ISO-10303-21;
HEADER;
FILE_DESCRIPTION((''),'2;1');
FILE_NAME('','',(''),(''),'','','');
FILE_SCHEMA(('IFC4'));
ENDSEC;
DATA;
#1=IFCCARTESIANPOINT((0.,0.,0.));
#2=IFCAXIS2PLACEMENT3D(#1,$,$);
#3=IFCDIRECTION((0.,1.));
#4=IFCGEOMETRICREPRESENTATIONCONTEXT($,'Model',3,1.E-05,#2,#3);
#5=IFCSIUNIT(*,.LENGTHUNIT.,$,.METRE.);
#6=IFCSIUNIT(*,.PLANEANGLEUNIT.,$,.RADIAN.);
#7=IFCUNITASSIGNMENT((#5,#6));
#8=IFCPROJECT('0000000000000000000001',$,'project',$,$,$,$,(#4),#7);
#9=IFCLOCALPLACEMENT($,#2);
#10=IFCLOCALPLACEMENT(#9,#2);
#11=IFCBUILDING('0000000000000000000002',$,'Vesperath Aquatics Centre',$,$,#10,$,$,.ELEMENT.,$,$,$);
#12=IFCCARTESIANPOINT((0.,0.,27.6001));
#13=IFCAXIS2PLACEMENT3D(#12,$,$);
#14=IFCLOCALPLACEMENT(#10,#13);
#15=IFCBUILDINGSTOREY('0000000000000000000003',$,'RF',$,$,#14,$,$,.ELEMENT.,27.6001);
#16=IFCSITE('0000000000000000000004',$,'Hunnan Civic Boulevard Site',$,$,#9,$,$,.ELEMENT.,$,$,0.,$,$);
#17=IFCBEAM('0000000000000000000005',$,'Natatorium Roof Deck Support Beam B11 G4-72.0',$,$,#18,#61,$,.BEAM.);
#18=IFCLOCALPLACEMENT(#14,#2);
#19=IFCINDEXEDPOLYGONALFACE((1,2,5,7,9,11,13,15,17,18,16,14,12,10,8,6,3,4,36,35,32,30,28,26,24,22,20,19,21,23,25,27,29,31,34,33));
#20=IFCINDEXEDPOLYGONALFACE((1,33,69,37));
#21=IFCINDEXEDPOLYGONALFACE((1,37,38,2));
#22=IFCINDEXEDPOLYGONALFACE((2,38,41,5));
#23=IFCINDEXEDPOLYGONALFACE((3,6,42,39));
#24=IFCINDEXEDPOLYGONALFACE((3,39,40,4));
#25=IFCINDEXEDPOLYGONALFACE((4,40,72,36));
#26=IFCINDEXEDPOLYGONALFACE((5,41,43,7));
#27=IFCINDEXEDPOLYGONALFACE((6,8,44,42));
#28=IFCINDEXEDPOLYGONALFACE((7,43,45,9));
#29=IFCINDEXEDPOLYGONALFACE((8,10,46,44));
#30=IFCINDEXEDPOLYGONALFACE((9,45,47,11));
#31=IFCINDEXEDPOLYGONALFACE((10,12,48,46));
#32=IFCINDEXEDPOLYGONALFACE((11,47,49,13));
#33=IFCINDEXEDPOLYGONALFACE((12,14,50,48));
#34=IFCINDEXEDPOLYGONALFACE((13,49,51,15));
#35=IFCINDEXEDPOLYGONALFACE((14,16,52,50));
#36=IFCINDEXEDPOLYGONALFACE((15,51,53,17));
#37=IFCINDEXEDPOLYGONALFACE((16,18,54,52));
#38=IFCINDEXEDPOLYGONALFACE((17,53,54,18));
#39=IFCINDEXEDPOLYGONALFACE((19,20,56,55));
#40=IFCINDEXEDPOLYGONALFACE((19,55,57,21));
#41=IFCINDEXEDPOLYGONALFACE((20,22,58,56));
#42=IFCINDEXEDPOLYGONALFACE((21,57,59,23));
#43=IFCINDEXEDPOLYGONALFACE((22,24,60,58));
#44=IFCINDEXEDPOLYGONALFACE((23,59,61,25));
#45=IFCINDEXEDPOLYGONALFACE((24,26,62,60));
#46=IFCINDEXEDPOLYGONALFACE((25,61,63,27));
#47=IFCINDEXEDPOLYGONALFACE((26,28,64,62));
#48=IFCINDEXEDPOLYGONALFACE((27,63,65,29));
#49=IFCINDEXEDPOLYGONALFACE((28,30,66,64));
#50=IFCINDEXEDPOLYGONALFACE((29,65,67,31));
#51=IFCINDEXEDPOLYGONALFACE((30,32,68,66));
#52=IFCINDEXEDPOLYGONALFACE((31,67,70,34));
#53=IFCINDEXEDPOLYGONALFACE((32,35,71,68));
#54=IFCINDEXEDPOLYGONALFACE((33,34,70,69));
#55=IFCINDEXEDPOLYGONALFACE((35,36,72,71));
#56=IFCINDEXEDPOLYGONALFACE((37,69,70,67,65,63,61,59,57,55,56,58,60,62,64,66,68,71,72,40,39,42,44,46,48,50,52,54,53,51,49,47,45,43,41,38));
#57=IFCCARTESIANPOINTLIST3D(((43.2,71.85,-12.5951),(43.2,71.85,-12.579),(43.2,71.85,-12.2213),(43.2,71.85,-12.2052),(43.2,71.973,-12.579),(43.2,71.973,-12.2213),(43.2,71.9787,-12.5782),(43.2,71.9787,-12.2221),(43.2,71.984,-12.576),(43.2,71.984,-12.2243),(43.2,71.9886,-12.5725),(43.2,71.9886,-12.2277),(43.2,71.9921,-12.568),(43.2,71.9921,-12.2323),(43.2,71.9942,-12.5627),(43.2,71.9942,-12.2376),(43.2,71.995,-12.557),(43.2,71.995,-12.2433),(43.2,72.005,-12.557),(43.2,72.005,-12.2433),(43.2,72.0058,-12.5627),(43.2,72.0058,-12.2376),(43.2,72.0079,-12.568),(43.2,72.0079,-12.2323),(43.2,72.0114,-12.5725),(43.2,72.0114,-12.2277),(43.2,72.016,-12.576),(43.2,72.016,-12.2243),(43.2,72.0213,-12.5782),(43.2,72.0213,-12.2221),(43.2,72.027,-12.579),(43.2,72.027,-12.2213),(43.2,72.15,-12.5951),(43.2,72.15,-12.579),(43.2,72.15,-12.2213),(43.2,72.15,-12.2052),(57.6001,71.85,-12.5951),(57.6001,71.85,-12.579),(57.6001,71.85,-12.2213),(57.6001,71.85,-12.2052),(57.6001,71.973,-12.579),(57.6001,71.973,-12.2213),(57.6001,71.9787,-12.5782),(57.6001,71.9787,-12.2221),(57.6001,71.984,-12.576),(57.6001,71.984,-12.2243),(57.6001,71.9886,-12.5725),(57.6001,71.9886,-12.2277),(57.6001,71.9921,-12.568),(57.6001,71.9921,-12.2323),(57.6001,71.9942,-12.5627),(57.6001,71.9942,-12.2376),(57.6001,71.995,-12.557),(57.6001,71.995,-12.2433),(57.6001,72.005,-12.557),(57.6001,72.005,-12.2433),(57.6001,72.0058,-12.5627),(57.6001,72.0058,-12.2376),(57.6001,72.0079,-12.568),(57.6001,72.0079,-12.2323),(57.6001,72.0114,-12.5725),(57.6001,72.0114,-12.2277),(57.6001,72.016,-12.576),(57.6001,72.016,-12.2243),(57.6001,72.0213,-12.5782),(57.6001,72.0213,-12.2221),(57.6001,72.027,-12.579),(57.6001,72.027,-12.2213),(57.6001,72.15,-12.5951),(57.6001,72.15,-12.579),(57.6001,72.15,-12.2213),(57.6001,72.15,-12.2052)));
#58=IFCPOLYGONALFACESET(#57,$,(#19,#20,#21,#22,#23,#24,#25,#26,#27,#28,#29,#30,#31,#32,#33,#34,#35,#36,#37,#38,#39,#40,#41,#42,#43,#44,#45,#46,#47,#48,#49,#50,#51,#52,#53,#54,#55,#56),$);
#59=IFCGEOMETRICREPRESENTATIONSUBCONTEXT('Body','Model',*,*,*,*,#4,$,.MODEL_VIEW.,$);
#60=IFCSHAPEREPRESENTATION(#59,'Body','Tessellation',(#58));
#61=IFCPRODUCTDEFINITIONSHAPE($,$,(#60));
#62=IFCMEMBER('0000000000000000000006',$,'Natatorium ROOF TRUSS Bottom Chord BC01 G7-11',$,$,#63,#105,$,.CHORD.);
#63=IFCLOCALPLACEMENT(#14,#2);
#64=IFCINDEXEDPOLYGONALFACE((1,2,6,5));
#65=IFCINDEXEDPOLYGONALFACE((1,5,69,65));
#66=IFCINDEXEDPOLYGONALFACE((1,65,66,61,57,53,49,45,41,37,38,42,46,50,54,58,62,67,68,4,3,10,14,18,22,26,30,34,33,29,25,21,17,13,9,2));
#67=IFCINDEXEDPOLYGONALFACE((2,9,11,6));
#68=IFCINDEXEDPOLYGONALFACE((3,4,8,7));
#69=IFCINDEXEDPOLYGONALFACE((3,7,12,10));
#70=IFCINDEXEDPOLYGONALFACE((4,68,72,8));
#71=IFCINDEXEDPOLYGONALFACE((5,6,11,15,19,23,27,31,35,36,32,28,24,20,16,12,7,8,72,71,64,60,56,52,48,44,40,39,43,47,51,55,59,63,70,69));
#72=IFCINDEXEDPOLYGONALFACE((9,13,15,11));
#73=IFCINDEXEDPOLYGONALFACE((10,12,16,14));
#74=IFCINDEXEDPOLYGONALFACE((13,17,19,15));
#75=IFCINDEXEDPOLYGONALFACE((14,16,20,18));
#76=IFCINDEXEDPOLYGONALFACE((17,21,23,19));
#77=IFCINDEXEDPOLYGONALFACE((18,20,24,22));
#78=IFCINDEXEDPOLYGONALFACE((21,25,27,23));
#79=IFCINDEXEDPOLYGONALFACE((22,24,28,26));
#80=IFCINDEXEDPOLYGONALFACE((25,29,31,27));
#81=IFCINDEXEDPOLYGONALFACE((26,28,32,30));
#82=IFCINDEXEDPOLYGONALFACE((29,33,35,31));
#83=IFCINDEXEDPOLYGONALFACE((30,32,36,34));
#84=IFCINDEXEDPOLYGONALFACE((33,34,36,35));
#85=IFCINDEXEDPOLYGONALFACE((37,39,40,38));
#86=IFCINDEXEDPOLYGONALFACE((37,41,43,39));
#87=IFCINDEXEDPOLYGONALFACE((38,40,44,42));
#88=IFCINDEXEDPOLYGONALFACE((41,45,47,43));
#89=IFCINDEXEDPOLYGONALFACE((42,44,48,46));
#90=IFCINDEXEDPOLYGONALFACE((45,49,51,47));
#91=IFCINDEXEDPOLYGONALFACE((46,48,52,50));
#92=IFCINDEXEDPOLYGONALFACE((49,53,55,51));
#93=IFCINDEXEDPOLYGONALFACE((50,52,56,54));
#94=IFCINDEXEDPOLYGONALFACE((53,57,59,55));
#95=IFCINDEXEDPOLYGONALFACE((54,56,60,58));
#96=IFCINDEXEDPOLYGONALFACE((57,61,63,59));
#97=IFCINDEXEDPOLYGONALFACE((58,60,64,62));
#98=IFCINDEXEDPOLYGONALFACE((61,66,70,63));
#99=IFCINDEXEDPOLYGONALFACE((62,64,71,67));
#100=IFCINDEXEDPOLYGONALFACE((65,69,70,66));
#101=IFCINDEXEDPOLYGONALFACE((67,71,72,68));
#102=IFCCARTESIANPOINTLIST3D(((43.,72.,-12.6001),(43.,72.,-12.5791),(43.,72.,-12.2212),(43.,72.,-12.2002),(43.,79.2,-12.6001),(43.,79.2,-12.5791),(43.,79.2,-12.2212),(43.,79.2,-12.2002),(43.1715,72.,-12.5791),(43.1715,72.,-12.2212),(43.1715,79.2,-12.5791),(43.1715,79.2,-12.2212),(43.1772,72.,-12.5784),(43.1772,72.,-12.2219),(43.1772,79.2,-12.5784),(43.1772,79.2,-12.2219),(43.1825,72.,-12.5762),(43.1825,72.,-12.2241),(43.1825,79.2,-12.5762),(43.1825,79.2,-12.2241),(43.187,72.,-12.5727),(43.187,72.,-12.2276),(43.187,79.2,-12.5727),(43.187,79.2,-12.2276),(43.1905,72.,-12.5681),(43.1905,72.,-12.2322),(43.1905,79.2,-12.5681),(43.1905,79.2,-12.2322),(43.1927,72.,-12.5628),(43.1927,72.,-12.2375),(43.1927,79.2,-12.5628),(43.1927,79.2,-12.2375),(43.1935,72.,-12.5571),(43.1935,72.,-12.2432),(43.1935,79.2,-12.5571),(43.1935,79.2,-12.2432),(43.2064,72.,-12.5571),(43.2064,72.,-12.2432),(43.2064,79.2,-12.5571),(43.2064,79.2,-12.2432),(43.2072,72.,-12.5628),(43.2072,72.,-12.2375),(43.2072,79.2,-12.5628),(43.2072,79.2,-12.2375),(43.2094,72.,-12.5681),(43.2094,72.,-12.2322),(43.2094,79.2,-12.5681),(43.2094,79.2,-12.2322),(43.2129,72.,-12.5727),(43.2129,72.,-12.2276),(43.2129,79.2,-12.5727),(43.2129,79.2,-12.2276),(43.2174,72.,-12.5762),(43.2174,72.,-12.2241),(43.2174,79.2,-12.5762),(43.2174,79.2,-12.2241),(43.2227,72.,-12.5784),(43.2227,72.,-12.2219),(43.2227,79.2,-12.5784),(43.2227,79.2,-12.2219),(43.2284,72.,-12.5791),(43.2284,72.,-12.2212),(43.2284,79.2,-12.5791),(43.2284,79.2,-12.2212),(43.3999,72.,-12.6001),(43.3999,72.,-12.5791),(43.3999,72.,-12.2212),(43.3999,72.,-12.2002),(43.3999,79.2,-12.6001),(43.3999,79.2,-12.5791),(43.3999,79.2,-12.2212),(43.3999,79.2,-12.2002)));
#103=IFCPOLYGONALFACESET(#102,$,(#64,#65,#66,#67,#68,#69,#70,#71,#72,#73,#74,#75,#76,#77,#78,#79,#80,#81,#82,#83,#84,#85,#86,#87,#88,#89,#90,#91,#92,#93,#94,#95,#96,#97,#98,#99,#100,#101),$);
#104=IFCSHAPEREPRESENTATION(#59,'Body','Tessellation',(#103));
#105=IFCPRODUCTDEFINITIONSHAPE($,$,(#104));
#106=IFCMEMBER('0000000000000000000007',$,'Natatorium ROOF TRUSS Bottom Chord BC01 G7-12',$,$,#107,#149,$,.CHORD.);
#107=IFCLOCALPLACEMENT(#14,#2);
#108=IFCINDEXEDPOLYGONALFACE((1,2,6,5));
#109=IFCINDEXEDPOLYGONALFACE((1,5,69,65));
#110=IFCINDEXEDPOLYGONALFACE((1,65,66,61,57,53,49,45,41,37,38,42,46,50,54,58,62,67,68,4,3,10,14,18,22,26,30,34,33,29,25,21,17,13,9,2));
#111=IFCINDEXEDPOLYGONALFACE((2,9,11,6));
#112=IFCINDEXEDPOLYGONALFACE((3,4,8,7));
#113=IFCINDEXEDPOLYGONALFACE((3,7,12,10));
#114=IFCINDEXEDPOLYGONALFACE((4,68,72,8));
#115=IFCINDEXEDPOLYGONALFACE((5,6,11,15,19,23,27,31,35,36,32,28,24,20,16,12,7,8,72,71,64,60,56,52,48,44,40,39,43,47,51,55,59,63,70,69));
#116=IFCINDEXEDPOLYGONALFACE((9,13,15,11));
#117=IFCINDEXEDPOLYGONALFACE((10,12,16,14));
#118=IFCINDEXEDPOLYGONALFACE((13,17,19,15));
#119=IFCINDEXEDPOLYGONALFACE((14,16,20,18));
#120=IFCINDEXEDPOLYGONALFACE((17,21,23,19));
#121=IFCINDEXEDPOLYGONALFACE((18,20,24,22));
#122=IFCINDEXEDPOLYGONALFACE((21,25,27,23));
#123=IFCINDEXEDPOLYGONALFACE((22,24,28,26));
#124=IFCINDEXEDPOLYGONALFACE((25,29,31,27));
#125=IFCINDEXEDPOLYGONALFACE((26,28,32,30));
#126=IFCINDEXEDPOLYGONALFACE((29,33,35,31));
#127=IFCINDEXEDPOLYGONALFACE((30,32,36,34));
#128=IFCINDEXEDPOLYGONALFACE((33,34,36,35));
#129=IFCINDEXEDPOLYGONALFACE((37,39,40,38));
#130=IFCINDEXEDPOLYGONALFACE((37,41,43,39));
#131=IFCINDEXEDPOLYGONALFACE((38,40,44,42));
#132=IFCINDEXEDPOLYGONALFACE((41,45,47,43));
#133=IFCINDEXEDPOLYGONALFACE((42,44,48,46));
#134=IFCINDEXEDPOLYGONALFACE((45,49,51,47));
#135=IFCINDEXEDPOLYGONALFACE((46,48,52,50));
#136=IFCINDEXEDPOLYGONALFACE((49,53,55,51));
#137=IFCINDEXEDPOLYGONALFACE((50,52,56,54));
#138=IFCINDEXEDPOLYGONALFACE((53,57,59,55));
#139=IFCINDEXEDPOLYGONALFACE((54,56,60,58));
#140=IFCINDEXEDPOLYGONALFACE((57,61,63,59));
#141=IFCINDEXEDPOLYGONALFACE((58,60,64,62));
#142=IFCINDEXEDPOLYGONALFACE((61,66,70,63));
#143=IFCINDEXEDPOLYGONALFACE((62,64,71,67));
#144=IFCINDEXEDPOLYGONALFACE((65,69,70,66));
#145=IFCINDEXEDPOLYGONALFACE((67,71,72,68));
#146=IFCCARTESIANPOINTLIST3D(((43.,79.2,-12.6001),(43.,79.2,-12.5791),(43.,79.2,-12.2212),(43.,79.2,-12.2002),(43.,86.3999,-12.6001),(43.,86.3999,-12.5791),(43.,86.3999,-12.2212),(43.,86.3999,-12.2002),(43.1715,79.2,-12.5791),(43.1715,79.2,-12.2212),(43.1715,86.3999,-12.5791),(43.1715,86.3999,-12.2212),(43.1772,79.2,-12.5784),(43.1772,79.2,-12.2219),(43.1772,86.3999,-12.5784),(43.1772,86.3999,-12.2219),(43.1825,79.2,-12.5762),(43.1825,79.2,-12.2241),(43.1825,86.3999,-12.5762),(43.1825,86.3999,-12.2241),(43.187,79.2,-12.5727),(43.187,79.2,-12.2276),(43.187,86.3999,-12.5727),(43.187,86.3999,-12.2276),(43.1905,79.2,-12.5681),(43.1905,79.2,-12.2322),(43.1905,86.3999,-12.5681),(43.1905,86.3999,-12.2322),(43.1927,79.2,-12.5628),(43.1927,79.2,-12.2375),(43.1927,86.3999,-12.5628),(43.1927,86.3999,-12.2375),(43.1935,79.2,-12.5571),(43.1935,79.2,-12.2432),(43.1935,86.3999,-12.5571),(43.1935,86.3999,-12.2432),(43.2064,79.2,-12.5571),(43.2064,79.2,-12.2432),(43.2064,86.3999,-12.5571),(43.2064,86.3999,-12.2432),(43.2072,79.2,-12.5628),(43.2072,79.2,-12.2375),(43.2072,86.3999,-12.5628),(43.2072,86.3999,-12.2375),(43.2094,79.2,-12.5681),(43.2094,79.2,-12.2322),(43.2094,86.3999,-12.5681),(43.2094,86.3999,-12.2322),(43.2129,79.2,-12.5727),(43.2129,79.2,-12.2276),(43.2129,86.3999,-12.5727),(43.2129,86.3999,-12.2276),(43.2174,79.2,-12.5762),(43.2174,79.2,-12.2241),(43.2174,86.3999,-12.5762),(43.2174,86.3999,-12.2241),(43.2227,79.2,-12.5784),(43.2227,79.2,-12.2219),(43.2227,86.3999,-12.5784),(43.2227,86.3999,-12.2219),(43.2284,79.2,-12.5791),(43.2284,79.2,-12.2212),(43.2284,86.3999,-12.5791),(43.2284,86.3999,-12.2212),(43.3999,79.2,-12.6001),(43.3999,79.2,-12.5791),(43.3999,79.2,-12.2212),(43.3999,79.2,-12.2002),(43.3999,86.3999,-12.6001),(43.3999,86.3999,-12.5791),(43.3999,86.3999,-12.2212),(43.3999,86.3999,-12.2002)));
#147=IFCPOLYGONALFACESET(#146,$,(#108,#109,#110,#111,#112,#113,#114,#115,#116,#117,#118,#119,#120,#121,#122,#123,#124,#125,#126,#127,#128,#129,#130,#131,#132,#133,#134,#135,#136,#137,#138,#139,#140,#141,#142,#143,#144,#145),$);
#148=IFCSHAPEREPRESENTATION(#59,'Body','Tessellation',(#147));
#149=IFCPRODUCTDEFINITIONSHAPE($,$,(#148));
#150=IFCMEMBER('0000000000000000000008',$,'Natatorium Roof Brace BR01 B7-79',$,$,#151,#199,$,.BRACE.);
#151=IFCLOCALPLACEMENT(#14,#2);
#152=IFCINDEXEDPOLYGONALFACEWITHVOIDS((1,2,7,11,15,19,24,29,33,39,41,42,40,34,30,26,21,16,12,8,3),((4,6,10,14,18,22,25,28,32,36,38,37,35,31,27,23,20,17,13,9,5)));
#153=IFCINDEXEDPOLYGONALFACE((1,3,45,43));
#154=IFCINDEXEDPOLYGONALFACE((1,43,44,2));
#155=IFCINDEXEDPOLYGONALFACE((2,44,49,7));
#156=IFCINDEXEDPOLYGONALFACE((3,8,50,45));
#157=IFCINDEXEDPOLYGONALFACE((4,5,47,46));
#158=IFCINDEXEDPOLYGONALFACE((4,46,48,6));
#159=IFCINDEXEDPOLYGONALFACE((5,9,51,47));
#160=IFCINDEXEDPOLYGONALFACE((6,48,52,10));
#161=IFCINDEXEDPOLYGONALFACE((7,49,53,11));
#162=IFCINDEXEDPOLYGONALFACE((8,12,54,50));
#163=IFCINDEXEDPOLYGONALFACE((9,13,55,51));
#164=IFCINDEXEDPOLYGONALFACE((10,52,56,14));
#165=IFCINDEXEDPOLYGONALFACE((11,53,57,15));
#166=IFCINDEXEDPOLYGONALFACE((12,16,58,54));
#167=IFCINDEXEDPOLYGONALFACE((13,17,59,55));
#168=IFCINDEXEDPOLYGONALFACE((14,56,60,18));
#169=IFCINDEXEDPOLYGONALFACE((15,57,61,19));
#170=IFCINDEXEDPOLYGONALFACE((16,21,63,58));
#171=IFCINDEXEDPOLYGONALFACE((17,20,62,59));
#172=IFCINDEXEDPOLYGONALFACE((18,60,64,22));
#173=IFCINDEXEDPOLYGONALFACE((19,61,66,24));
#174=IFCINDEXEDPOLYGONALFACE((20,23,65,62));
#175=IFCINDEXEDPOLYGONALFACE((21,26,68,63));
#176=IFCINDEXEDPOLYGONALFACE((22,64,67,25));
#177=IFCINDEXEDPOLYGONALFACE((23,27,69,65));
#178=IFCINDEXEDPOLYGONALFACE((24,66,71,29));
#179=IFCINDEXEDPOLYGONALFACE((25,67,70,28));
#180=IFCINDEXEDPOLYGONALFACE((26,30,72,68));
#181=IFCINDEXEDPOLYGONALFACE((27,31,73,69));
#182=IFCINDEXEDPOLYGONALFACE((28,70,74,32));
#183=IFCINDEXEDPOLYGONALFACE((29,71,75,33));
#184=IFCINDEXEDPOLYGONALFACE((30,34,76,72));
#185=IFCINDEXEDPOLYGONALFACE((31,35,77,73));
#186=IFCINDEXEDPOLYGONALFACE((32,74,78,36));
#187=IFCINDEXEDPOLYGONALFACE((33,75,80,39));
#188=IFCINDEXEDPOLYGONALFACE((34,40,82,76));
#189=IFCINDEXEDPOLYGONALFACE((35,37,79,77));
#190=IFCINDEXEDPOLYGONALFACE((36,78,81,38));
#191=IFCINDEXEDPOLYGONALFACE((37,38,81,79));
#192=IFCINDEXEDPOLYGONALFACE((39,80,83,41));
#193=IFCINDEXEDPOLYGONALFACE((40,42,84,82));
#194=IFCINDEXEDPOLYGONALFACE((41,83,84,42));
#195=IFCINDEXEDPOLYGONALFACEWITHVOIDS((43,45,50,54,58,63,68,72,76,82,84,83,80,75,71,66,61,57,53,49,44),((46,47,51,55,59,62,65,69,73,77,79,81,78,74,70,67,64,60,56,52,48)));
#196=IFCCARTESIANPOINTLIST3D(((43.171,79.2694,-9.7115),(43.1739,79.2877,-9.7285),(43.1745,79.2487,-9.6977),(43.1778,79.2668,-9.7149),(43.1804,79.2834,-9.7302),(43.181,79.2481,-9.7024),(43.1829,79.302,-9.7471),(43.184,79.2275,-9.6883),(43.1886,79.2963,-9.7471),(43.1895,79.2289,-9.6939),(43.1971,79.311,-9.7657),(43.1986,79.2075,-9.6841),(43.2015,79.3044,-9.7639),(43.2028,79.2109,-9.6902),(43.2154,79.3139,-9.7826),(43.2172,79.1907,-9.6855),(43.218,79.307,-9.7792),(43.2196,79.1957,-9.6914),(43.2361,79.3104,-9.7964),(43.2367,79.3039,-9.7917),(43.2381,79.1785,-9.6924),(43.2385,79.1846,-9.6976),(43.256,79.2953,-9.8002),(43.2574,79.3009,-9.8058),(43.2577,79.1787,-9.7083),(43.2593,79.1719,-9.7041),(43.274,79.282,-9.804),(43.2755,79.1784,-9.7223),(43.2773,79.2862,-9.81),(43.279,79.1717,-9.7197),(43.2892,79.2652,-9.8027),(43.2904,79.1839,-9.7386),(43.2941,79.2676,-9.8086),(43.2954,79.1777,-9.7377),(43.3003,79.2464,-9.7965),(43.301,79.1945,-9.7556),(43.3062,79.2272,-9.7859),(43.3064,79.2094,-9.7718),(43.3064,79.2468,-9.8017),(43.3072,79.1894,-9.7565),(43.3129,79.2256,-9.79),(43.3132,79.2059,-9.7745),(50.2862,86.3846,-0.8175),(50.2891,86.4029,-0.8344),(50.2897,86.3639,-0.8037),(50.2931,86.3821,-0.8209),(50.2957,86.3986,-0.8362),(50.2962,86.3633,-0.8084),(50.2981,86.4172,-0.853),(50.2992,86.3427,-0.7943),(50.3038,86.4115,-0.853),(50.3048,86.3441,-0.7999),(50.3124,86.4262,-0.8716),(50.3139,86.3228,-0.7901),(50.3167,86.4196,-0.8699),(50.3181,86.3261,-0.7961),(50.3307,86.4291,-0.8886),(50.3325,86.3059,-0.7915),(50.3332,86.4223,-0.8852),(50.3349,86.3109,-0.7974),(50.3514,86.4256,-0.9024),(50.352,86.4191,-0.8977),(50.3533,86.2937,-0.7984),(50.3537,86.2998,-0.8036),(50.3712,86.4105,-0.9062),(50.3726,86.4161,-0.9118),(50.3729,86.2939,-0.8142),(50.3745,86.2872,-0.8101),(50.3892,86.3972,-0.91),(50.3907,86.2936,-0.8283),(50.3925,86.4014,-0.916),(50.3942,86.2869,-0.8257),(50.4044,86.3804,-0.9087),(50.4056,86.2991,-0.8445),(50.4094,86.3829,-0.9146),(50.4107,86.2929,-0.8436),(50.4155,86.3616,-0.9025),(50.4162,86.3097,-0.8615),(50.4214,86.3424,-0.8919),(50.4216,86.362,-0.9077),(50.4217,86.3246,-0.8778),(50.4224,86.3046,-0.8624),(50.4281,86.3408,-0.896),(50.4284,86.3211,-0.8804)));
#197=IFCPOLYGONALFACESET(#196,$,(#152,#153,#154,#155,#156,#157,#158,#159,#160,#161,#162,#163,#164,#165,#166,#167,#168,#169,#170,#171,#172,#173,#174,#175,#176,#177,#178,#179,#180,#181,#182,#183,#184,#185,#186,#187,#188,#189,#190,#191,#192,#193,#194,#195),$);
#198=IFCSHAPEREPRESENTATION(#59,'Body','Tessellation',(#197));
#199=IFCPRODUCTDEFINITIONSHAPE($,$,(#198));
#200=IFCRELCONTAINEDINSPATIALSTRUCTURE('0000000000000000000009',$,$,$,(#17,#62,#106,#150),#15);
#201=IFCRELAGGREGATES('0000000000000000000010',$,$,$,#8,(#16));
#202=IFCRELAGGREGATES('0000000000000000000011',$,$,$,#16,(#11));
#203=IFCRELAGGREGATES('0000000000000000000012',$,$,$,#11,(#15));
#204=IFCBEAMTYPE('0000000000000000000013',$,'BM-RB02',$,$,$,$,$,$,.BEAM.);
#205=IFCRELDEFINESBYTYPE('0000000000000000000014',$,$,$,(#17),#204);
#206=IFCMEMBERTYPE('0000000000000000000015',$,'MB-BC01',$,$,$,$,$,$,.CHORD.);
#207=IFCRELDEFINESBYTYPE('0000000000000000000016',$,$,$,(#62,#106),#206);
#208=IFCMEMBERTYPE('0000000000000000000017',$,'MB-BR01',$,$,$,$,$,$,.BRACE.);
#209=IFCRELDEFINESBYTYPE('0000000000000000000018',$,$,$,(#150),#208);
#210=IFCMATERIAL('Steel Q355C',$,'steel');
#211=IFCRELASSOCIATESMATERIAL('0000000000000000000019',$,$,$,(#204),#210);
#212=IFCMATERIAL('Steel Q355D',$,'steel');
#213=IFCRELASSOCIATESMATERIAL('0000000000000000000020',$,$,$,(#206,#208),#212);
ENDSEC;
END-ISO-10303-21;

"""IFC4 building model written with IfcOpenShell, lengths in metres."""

from ifc_helpers import new_model, si_unit, direction, frame, origin, origin_2d, place, context, subcontext, project, spatial, hollow_circle, i_section, extrude, material, material_profile, profile_set, type_object, element, save


model = new_model("IFC4")

# Units and contexts
model_context = context("Model", 3, precision=1e-05, world=origin(), true_north=direction((0.0, 1.0)))
body_context = subcontext(model_context, "Body", "Model", "MODEL_VIEW")
ifc_project = project(units=[si_unit("LENGTHUNIT", "METRE"), si_unit("PLANEANGLEUNIT", "RADIAN")], contexts=[model_context])

# Site, building, storey
site_placement = place(None, origin())
site = spatial("IfcSite", under=ifc_project, at=site_placement, Name="Hunnan Civic Boulevard Site", CompositionType="ELEMENT", RefElevation=0.0)
building_placement = place(site_placement, origin())
building = spatial("IfcBuilding", under=site, at=building_placement, Name="Vesperath Aquatics Centre", CompositionType="ELEMENT")
storey_placement = place(building_placement, frame((0.0, 0.0, 27.6001)))
storey = spatial("IfcBuildingStorey", under=building, at=storey_placement, Name="RF", CompositionType="ELEMENT", Elevation=27.6001)

# Beam
ifc_material_1 = material(Name="Steel Q355C", Category="steel")
ifc_material_profile_1 = material_profile(ifc_material_1, i_section(OverallWidth=0.3, OverallDepth=0.3899, WebThickness=0.01, FlangeThickness=0.0161, FilletRadius=0.022, at=origin_2d()), Name="HM 390x300x10x16")
ifc_profile_set_1 = profile_set([ifc_material_profile_1], Name="Steel Q355C")
beam_type = type_object("IfcBeamType", Name="BM-RB02", PredefinedType="BEAM", material=ifc_profile_set_1)
beam_placement = place(storey_placement, frame((43.2, 72.0, -12.4001), z_axis=(1.0, 0.0, 0.0), x_axis=(0.0, 1.0, 0.0)))
element("IfcBeam", 1, at=beam_placement, inside=storey, type_object=beam_type, Name="Natatorium Roof Deck Support Beam B11 G4-72.0", PredefinedType="BEAM", context=body_context, shape_type="SweptSolid", body=[
    extrude(i_section(OverallWidth=0.3, OverallDepth=0.3899, WebThickness=0.01, FlangeThickness=0.0161, FilletRadius=0.022, at=origin_2d()), origin(), (0.0, 0.0, 1.0), 14.4001),
])

# Members
ifc_material_2 = material(Name="Steel Q355D", Category="steel")
ifc_material_profile_2 = material_profile(ifc_material_2, i_section(OverallWidth=0.3999, OverallDepth=0.3999, WebThickness=0.0129, FlangeThickness=0.021, FilletRadius=0.022, at=origin_2d()), Name="HW 400x400x13x21")
ifc_profile_set_2 = profile_set([ifc_material_profile_2], Name="Steel Q355D")
member_type_1 = type_object("IfcMemberType", Name="MB-BC01", PredefinedType="CHORD", material=ifc_profile_set_2)
for number, where, z_axis, x_axis, name in (
    (2, (43.2, 72.0, -12.4001), (0.0, 1.0, 0.0), (-1.0, 0.0, 0.0), "Natatorium ROOF TRUSS Bottom Chord BC01 G7-11"),
    (3, (43.2, 79.2, -12.4001), (0.0, 1.0, 0.0), (-1.0, 0.0, 0.0), "Natatorium ROOF TRUSS Bottom Chord BC01 G7-12"),
):
    element("IfcMember", number, at=place(storey_placement, frame(where, z_axis=z_axis, x_axis=x_axis)), inside=storey, type_object=member_type_1, Name=name, PredefinedType="CHORD", context=body_context, shape_type="SweptSolid", body=[
        extrude(i_section(OverallWidth=0.3999, OverallDepth=0.3999, WebThickness=0.0129, FlangeThickness=0.021, FilletRadius=0.022, at=origin_2d()), origin(), (0.0, 0.0, 1.0), 7.2),
    ])
ifc_material_profile_3 = material_profile(ifc_material_2, hollow_circle(Radius=0.0842, WallThickness=0.0081, at=origin_2d()), Name="CHS 168.3x8")
ifc_profile_set_3 = profile_set([ifc_material_profile_3], Name="Steel Q355D")
member_type_2 = type_object("IfcMemberType", Name="MB-BR01", PredefinedType="BRACE", material=ifc_profile_set_3)
member_1_placement = place(storey_placement, frame((43.2424, 79.2424, -9.7471), z_axis=(0.529813, 0.529813, 0.662266), x_axis=(-0.707107, 0.707107, 0.0)))
element("IfcMember", 4, at=member_1_placement, inside=storey, type_object=member_type_2, Name="Natatorium Roof Brace BR01 B7-79", PredefinedType="BRACE", context=body_context, shape_type="SweptSolid", body=[
    extrude(hollow_circle(Radius=0.0842, WallThickness=0.0081, at=origin_2d()), origin(), (0.0, 0.0, 1.0), 13.4297),
])

save(model, "model.ifc")
